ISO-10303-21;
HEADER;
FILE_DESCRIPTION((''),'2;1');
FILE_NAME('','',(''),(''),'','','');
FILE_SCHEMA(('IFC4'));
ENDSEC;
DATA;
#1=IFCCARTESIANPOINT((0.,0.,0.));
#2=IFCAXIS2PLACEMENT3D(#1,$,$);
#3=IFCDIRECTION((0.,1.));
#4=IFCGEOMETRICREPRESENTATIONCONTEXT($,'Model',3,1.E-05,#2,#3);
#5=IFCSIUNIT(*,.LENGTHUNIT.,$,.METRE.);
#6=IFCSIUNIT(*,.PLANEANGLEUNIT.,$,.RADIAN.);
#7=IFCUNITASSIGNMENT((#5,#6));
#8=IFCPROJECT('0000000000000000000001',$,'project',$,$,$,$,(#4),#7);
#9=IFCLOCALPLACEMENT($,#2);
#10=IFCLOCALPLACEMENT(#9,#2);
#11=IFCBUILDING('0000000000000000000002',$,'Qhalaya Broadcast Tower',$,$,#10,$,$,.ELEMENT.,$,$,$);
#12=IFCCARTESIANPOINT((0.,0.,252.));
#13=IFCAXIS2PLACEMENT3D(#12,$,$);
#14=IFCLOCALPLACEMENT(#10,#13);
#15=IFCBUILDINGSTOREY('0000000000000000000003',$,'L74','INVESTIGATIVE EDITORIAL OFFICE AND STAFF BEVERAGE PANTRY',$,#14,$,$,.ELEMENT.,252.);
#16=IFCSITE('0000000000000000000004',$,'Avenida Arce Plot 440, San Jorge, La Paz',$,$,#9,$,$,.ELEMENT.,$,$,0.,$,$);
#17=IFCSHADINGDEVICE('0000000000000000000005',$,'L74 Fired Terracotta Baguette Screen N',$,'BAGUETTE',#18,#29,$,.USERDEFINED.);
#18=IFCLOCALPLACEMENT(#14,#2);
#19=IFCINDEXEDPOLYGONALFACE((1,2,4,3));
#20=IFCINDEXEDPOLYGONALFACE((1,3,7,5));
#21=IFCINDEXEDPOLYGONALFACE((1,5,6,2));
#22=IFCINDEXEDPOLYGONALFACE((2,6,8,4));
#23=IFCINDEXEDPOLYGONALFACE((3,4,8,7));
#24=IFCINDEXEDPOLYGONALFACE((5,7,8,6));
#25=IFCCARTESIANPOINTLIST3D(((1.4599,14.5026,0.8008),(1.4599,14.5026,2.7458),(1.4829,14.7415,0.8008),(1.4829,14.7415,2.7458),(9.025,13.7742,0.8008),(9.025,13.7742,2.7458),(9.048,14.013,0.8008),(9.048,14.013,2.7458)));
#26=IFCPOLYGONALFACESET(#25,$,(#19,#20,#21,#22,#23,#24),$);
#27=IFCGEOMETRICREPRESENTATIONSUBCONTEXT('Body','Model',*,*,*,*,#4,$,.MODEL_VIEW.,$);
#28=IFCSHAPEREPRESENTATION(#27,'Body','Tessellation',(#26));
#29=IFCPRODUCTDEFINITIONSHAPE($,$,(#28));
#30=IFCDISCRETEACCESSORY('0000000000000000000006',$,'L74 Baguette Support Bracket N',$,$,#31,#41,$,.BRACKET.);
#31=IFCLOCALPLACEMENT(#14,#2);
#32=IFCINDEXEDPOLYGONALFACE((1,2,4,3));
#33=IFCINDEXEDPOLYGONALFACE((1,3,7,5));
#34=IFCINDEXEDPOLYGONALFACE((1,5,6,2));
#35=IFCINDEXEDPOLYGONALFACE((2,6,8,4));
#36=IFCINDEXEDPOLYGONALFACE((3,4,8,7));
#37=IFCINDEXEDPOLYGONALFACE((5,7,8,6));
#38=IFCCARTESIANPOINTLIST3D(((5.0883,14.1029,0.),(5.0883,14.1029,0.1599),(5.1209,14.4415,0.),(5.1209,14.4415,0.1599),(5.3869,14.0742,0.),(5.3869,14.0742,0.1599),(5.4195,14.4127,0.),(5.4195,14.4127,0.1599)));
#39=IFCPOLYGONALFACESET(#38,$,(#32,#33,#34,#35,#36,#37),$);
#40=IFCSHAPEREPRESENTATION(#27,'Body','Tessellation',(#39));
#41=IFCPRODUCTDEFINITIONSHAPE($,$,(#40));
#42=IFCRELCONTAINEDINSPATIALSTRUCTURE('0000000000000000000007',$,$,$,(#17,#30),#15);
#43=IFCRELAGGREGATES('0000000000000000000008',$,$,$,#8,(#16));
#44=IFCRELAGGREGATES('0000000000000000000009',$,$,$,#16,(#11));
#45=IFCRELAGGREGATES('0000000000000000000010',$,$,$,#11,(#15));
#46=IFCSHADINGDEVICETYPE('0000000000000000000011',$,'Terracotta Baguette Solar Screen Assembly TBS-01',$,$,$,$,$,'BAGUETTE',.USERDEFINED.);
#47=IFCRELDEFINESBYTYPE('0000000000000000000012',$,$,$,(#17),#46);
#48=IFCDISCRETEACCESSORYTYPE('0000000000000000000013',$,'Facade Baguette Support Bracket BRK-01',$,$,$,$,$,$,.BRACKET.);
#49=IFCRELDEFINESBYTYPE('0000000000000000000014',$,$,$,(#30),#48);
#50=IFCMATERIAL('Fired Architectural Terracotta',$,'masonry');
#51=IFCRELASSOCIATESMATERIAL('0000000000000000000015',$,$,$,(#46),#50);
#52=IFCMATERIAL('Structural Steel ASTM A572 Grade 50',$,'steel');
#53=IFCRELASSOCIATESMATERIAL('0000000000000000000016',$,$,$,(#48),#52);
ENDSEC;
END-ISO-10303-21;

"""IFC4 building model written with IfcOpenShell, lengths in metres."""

from ifc_helpers import new_model, si_unit, direction, frame, origin, origin_2d, place, context, subcontext, project, spatial, rectangle, extrude, material, type_object, element, save


model = new_model("IFC4")

# Units and contexts
model_context = context("Model", 3, precision=1e-05, world=origin(), true_north=direction((0.0, 1.0)))
body_context = subcontext(model_context, "Body", "Model", "MODEL_VIEW")
ifc_project = project(units=[si_unit("LENGTHUNIT", "METRE"), si_unit("PLANEANGLEUNIT", "RADIAN")], contexts=[model_context])

# Site, building, storey
site_placement = place(None, origin())
site = spatial("IfcSite", under=ifc_project, at=site_placement, Name="Avenida Arce Plot 440, San Jorge, La Paz", CompositionType="ELEMENT", RefElevation=0.0)
building_placement = place(site_placement, origin())
building = spatial("IfcBuilding", under=site, at=building_placement, Name="Qhalaya Broadcast Tower", CompositionType="ELEMENT")
storey_placement = place(building_placement, frame((0.0, 0.0, 252.0)))
storey = spatial("IfcBuildingStorey", under=building, at=storey_placement, Name="L74", Description="INVESTIGATIVE EDITORIAL OFFICE AND STAFF BEVERAGE PANTRY", CompositionType="ELEMENT", Elevation=252.0)

# Shared definitions
ifc_material_1 = material(Name="Structural Steel ASTM A572 Grade 50", Category="steel")

# Shared definitions
ifc_material_2 = material(Name="Fired Architectural Terracotta", Category="masonry")

# Shading device
shading_device_type = type_object("IfcShadingDeviceType", Name="Terracotta Baguette Solar Screen Assembly TBS-01", ElementType="BAGUETTE", PredefinedType="USERDEFINED", material=ifc_material_2)
shading_device_placement = place(storey_placement, frame((5.2539, 14.2578, 0.8008), z_axis=(0.0, 0.0, 1.0), x_axis=(-0.995396, 0.095846, 0.0)))
element("IfcShadingDevice", 1, at=shading_device_placement, inside=storey, type_object=shading_device_type, Name="L74 Fired Terracotta Baguette Screen N", ObjectType="BAGUETTE", PredefinedType="USERDEFINED", context=body_context, shape_type="SweptSolid", body=[
    extrude(rectangle(XDim=7.6001, YDim=0.24, at=origin_2d()), origin(), (0.0, 0.0, 1.0), 1.9451),
])

# Discrete accessory
discrete_accessory_type = type_object("IfcDiscreteAccessoryType", Name="Facade Baguette Support Bracket BRK-01", PredefinedType="BRACKET", material=ifc_material_1)
discrete_accessory_placement = place(storey_placement, frame((5.2539, 14.2578, 0.0), z_axis=(0.0, 0.0, 1.0), x_axis=(-0.995396, 0.095846, 0.0)))
element("IfcDiscreteAccessory", 2, at=discrete_accessory_placement, inside=storey, type_object=discrete_accessory_type, Name="L74 Baguette Support Bracket N", PredefinedType="BRACKET", context=body_context, shape_type="SweptSolid", body=[
    extrude(rectangle(XDim=0.3, YDim=0.3401, at=origin_2d()), origin(), (0.0, 0.0, 1.0), 0.1599),
])

save(model, "model.ifc")
